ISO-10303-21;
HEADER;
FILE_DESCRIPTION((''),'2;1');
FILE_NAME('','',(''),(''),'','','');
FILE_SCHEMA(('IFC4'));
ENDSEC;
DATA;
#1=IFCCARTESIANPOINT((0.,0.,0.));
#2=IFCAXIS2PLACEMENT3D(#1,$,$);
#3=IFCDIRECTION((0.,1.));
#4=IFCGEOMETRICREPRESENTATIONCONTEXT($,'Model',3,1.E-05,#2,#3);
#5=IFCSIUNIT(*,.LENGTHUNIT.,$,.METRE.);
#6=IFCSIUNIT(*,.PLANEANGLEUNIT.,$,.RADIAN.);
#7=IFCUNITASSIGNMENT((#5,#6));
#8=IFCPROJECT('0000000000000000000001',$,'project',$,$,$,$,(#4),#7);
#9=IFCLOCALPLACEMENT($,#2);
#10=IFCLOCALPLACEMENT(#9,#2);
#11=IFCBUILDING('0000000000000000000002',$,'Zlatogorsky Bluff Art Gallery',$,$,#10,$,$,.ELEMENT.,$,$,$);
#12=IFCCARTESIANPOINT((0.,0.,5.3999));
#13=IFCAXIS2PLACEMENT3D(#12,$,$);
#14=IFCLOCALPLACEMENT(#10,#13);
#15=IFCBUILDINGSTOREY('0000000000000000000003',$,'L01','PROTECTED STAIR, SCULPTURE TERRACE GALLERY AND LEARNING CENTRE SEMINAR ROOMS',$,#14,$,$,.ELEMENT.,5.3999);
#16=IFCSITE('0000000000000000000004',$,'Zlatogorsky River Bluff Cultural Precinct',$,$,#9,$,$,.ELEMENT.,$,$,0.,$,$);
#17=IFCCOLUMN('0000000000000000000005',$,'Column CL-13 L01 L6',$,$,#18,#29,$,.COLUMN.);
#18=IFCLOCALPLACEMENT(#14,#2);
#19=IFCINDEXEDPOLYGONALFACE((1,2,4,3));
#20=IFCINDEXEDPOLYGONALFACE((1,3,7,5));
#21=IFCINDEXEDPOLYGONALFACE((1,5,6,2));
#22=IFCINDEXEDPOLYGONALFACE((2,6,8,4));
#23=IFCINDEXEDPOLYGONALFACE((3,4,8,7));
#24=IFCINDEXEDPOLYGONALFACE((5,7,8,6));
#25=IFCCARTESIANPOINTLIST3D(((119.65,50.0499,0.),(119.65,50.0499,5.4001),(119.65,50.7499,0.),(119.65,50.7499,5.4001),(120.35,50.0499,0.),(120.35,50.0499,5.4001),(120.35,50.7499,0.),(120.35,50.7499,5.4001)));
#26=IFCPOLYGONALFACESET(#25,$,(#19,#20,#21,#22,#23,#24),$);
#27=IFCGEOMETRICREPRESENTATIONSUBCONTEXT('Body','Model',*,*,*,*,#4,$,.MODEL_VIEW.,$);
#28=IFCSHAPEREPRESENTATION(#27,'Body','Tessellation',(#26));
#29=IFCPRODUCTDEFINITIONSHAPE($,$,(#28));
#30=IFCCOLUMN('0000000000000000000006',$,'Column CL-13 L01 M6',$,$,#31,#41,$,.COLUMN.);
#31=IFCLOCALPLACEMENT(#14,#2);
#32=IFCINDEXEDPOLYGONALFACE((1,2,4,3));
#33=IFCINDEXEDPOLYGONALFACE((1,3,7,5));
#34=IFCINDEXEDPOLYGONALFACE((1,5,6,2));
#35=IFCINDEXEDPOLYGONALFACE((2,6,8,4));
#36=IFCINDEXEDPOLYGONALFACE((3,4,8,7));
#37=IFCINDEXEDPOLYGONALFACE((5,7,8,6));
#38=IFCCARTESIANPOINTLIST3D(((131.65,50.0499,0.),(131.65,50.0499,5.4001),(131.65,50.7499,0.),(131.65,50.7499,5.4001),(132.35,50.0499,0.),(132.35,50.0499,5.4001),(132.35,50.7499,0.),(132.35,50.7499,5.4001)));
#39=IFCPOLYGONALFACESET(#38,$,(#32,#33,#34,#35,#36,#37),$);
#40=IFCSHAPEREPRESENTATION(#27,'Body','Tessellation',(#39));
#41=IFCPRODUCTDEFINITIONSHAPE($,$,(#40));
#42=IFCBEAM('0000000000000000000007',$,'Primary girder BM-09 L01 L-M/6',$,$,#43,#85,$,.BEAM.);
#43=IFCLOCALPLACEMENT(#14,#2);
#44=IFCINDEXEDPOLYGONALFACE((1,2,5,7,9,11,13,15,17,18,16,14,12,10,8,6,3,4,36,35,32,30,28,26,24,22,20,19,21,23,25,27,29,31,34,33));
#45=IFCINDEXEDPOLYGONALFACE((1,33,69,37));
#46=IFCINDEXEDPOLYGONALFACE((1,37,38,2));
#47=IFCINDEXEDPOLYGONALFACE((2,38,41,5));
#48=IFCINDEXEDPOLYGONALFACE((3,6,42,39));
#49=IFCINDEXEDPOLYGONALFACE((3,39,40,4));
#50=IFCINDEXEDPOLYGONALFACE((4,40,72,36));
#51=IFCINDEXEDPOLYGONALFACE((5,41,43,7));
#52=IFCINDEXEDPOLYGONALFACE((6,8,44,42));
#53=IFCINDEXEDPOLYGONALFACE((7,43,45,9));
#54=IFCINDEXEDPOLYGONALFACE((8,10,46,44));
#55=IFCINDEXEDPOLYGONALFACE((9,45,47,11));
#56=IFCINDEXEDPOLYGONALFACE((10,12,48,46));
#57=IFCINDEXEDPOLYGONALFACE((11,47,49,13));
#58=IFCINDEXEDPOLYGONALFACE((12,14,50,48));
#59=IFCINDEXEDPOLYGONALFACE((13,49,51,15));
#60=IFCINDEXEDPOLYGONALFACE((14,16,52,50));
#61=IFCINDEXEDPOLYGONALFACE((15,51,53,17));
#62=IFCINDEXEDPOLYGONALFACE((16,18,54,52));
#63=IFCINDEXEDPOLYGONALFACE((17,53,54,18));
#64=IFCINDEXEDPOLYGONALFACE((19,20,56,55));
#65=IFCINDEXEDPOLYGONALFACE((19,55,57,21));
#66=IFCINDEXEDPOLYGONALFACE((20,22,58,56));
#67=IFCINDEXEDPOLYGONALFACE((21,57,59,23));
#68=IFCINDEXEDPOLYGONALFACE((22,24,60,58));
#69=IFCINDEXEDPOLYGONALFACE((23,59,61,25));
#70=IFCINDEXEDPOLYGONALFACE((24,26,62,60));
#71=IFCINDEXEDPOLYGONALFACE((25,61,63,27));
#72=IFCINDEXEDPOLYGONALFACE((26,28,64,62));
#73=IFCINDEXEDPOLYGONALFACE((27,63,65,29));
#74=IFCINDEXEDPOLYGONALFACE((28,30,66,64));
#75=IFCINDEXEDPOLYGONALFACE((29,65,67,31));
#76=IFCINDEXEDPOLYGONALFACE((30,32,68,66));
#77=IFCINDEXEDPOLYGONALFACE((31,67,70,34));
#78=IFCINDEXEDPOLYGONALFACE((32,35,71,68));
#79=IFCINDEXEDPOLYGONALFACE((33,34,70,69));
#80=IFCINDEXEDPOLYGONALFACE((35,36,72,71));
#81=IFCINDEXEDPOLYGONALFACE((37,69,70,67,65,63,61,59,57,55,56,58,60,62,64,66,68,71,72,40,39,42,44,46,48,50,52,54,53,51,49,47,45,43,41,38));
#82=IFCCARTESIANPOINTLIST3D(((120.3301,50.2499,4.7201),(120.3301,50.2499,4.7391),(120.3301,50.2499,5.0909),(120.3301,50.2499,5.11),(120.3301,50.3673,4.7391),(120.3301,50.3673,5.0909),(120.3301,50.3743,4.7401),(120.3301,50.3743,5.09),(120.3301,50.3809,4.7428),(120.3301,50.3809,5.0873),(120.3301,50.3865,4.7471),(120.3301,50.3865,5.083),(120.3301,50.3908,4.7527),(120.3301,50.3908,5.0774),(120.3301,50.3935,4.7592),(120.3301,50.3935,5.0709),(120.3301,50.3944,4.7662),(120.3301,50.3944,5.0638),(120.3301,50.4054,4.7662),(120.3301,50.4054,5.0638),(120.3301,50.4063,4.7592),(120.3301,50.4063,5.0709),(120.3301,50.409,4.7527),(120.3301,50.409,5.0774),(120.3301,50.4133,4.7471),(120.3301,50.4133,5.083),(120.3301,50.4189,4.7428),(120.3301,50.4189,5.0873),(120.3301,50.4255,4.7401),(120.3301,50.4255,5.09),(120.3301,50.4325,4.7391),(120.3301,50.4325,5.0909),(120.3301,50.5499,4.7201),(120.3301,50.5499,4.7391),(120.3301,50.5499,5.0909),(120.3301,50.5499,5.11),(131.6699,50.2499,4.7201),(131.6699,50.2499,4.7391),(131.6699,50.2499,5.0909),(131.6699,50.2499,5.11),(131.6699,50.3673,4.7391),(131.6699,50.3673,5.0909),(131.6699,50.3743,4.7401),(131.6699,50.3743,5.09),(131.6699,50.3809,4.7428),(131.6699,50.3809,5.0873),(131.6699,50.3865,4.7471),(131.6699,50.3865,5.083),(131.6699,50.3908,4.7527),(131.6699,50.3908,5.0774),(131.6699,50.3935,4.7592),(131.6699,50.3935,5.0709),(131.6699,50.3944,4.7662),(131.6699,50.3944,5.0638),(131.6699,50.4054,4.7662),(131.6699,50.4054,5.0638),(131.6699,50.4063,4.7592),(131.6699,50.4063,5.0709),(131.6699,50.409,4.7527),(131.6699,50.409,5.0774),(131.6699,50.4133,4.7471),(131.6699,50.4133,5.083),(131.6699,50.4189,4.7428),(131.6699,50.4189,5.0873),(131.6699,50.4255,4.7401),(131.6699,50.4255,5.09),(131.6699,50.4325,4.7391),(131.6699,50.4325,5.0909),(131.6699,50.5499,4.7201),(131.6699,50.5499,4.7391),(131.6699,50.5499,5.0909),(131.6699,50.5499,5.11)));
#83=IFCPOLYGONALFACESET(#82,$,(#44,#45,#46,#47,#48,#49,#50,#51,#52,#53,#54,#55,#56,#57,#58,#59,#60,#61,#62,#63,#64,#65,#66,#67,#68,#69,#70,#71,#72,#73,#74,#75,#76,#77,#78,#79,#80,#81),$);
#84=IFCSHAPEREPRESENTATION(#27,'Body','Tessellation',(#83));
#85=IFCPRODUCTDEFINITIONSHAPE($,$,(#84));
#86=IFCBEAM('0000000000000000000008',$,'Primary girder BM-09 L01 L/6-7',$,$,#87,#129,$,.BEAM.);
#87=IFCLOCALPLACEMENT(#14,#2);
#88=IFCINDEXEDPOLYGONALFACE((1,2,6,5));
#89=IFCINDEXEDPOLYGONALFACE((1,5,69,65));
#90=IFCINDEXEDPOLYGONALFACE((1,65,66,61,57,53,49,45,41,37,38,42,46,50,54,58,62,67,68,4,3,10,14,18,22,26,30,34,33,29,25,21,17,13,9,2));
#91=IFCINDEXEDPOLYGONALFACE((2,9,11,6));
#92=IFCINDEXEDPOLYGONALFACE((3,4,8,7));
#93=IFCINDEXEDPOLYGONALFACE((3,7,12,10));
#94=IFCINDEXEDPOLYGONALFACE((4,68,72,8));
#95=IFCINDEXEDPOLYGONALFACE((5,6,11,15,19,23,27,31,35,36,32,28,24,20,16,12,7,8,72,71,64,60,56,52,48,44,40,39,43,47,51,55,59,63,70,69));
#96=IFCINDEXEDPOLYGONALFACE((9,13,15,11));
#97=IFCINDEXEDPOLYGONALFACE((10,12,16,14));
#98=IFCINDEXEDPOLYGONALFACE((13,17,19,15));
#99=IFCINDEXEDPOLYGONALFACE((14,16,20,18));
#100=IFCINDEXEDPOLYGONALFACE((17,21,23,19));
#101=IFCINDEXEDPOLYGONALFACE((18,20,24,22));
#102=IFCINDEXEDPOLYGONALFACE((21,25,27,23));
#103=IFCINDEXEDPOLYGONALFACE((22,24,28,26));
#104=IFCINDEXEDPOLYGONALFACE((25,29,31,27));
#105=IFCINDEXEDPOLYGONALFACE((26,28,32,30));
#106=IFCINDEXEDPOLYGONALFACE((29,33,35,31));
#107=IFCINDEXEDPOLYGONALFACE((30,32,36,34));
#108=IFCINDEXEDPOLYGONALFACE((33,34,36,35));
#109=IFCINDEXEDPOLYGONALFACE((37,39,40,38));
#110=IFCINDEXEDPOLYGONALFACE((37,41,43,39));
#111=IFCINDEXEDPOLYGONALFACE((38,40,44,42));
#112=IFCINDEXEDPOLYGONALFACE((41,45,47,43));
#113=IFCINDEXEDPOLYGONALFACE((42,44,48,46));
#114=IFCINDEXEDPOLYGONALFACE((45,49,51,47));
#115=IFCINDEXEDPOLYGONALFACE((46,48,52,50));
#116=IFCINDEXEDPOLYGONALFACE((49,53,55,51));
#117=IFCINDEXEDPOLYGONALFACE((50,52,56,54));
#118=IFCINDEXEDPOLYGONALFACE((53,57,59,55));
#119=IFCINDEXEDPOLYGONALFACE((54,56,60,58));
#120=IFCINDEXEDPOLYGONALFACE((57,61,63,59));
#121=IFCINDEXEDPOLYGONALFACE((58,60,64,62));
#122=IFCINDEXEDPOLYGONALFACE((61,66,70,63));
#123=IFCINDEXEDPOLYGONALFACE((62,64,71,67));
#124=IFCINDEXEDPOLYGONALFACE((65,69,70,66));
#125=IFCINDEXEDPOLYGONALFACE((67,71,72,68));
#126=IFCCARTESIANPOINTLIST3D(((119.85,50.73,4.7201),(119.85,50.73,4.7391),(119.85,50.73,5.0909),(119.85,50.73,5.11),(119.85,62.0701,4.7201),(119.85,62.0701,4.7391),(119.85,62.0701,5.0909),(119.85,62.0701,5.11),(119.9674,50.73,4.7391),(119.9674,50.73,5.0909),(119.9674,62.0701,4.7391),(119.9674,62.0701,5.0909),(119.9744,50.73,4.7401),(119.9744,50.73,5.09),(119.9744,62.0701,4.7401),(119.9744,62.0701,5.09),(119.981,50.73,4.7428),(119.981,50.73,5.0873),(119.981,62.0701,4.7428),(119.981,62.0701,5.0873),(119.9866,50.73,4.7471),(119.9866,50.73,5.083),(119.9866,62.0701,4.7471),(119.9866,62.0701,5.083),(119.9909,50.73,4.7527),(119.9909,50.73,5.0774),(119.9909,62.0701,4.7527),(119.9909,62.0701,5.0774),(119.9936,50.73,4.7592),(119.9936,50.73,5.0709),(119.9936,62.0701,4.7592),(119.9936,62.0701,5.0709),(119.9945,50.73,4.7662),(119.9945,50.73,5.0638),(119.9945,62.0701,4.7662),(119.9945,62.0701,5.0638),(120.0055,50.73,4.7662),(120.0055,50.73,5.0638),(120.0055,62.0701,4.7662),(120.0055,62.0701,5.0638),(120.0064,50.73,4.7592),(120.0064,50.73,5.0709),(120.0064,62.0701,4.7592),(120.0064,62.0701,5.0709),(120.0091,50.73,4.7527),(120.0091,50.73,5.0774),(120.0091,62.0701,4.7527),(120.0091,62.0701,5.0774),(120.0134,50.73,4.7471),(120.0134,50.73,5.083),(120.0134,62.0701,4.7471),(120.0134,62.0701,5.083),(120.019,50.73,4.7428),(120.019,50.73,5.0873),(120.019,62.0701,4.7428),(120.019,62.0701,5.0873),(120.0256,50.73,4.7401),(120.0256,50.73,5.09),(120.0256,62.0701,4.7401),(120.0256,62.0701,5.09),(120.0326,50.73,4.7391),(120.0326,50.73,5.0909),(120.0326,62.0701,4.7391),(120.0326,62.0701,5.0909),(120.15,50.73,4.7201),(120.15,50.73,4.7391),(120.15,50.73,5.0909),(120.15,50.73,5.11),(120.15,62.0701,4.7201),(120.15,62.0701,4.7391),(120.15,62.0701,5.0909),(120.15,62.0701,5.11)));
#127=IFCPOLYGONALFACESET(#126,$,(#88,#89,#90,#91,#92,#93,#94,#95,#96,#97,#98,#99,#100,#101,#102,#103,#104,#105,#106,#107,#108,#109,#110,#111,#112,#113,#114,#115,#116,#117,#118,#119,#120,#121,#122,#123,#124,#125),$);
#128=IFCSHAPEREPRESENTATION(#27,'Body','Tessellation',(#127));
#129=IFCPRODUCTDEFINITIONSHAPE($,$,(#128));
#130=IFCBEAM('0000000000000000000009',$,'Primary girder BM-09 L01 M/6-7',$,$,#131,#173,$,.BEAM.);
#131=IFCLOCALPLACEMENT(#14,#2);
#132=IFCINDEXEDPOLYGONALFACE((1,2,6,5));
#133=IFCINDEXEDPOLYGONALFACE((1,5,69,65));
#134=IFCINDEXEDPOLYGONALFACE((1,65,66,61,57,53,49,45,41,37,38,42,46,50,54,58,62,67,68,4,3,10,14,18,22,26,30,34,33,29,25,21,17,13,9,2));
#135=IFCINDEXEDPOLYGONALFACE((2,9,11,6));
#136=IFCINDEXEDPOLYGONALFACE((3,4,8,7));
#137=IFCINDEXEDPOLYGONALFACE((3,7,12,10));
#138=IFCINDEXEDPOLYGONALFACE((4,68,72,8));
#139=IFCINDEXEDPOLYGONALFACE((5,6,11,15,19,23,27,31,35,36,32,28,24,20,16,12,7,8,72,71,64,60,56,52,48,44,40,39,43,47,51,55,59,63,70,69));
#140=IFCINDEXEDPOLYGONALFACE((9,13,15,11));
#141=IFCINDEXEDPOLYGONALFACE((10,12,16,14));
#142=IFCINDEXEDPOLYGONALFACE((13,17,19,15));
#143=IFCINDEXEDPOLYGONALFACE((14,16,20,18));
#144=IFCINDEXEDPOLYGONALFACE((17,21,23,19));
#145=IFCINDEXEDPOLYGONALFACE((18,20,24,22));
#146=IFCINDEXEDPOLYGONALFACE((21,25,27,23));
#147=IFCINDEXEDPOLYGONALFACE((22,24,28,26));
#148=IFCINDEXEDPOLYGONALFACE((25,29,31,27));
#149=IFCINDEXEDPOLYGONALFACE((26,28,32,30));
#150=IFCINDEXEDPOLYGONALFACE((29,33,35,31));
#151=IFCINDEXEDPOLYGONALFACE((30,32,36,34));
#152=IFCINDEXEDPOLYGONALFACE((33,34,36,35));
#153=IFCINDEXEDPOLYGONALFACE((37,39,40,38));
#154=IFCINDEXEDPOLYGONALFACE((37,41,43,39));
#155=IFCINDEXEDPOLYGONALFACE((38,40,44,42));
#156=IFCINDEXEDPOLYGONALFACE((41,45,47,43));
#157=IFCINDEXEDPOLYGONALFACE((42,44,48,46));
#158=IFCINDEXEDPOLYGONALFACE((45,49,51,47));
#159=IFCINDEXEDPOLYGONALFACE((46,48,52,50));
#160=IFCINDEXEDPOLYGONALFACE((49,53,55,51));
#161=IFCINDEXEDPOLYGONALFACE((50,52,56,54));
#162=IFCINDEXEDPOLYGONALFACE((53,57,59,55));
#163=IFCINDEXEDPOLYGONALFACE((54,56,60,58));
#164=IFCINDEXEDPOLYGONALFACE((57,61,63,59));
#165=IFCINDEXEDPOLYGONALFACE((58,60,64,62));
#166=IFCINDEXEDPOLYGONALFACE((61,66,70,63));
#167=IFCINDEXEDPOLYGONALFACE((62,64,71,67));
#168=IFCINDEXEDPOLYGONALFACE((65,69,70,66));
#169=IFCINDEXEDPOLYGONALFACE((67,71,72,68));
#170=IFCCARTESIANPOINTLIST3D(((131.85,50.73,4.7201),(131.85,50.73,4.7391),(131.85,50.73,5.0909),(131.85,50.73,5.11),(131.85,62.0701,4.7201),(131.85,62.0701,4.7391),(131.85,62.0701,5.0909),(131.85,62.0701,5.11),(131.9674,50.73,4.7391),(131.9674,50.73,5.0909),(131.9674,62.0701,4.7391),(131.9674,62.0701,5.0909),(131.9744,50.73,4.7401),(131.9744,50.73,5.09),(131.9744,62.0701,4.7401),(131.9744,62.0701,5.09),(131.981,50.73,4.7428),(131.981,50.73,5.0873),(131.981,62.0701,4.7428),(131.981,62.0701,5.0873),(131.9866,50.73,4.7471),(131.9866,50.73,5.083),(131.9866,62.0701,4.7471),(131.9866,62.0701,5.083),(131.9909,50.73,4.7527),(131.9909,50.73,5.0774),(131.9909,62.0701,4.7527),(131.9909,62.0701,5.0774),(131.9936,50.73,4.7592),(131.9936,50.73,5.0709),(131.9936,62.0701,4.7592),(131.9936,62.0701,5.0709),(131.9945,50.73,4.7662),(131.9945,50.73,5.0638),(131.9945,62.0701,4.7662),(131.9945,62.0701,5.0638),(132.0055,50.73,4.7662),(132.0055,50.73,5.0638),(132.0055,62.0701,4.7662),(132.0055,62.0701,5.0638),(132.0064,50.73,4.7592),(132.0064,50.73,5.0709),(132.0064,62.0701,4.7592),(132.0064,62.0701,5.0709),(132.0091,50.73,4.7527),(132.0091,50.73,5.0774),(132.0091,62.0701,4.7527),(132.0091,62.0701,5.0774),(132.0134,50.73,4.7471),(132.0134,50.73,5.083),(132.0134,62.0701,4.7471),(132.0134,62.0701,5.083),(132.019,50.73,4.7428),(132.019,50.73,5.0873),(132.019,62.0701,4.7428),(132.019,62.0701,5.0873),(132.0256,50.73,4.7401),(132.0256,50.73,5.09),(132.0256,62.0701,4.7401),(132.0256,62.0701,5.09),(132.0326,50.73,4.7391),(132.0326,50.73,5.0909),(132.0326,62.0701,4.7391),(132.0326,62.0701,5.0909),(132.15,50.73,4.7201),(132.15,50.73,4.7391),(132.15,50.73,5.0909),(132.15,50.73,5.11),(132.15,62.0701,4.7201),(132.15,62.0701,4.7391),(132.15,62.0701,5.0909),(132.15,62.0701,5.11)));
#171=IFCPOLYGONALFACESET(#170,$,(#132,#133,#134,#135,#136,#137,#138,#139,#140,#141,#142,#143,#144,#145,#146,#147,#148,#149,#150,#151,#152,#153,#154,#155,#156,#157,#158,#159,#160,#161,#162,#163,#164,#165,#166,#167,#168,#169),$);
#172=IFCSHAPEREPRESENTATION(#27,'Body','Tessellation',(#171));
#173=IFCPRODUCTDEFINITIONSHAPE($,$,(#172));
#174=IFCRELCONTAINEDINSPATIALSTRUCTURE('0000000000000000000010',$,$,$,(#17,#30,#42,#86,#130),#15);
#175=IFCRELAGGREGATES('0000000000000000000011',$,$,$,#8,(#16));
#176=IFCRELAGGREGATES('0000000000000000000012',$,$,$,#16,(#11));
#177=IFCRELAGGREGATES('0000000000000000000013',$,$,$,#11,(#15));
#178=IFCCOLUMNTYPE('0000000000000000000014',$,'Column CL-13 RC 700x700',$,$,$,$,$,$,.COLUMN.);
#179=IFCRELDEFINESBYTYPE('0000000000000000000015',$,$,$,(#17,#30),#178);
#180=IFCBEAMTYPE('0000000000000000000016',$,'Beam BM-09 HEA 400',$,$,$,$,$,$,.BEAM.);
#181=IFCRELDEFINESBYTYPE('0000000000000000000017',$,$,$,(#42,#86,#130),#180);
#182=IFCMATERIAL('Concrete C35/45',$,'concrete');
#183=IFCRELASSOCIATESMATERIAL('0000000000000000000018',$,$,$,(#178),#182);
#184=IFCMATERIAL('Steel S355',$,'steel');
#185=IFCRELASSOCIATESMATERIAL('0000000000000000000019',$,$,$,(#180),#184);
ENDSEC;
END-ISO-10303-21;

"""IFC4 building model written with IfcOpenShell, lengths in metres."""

from ifc_helpers import new_model, si_unit, direction, frame, origin, origin_2d, place, context, subcontext, project, spatial, rectangle, i_section, extrude, material, material_profile, profile_set, type_object, element, save


model = new_model("IFC4")

# Units and contexts
model_context = context("Model", 3, precision=1e-05, world=origin(), true_north=direction((0.0, 1.0)))
body_context = subcontext(model_context, "Body", "Model", "MODEL_VIEW")
ifc_project = project(units=[si_unit("LENGTHUNIT", "METRE"), si_unit("PLANEANGLEUNIT", "RADIAN")], contexts=[model_context])

# Site, building, storey
site_placement = place(None, origin())
site = spatial("IfcSite", under=ifc_project, at=site_placement, Name="Zlatogorsky River Bluff Cultural Precinct", CompositionType="ELEMENT", RefElevation=0.0)
building_placement = place(site_placement, origin())
building = spatial("IfcBuilding", under=site, at=building_placement, Name="Zlatogorsky Bluff Art Gallery", CompositionType="ELEMENT")
storey_placement = place(building_placement, frame((0.0, 0.0, 5.3999)))
storey = spatial("IfcBuildingStorey", under=building, at=storey_placement, Name="L01", Description="PROTECTED STAIR, SCULPTURE TERRACE GALLERY AND LEARNING CENTRE SEMINAR ROOMS", CompositionType="ELEMENT", Elevation=5.3999)

# Columns
ifc_material_1 = material(Name="Concrete C35/45", Category="concrete")
ifc_material_profile_1 = material_profile(ifc_material_1, rectangle(XDim=0.7, YDim=0.7, at=origin_2d()), Name="RC 700x700")
ifc_profile_set_1 = profile_set([ifc_material_profile_1], Name="Concrete C35/45")
column_type = type_object("IfcColumnType", Name="Column CL-13 RC 700x700", PredefinedType="COLUMN", material=ifc_profile_set_1)
for number, where, z_axis, x_axis, name in (
    (1, (120.0, 50.3999, 0.0), (0.0, 0.0, 1.0), (1.0, 0.0, 0.0), "Column CL-13 L01 L6"),
    (2, (132.0, 50.3999, 0.0), (0.0, 0.0, 1.0), (1.0, 0.0, 0.0), "Column CL-13 L01 M6"),
):
    element("IfcColumn", number, at=place(storey_placement, frame(where, z_axis=z_axis, x_axis=x_axis)), inside=storey, type_object=column_type, Name=name, PredefinedType="COLUMN", context=body_context, shape_type="SweptSolid", body=[
        extrude(rectangle(XDim=0.7, YDim=0.7, at=origin_2d()), origin(), (0.0, 0.0, 1.0), 5.4001),
    ])

# Beams
ifc_material_2 = material(Name="Steel S355", Category="steel")
ifc_material_profile_2 = material_profile(ifc_material_2, i_section(OverallWidth=0.3, OverallDepth=0.3899, WebThickness=0.011, FlangeThickness=0.019, FilletRadius=0.0271, at=origin_2d()), Name="HEA 400")
ifc_profile_set_2 = profile_set([ifc_material_profile_2], Name="Steel S355")
beam_type_1 = type_object("IfcBeamType", Name="Beam BM-09 HEA 400", PredefinedType="BEAM", material=ifc_profile_set_2)
beam_placement = place(storey_placement, frame((120.3301, 50.3999, 4.915), z_axis=(1.0, 0.0, 0.0), x_axis=(0.0, 1.0, 0.0)))
element("IfcBeam", 3, at=beam_placement, inside=storey, type_object=beam_type_1, Name="Primary girder BM-09 L01 L-M/6", PredefinedType="BEAM", context=body_context, shape_type="SweptSolid", body=[
    extrude(i_section(OverallWidth=0.3, OverallDepth=0.3899, WebThickness=0.011, FlangeThickness=0.019, FilletRadius=0.0271, at=origin_2d()), origin(), (0.0, 0.0, 1.0), 11.3398),
])
for number, where, z_axis, x_axis, name in (
    (4, (120.0, 50.73, 4.915), (0.0, 1.0, 0.0), (-1.0, 0.0, 0.0), "Primary girder BM-09 L01 L/6-7"),
    (5, (132.0, 50.73, 4.915), (0.0, 1.0, 0.0), (-1.0, 0.0, 0.0), "Primary girder BM-09 L01 M/6-7"),
):
    element("IfcBeam", number, at=place(storey_placement, frame(where, z_axis=z_axis, x_axis=x_axis)), inside=storey, type_object=beam_type_1, Name=name, PredefinedType="BEAM", context=body_context, shape_type="SweptSolid", body=[
        extrude(i_section(OverallWidth=0.3, OverallDepth=0.3899, WebThickness=0.011, FlangeThickness=0.019, FilletRadius=0.0271, at=origin_2d()), origin(), (0.0, 0.0, 1.0), 11.3401),
    ])

save(model, "model.ifc")
